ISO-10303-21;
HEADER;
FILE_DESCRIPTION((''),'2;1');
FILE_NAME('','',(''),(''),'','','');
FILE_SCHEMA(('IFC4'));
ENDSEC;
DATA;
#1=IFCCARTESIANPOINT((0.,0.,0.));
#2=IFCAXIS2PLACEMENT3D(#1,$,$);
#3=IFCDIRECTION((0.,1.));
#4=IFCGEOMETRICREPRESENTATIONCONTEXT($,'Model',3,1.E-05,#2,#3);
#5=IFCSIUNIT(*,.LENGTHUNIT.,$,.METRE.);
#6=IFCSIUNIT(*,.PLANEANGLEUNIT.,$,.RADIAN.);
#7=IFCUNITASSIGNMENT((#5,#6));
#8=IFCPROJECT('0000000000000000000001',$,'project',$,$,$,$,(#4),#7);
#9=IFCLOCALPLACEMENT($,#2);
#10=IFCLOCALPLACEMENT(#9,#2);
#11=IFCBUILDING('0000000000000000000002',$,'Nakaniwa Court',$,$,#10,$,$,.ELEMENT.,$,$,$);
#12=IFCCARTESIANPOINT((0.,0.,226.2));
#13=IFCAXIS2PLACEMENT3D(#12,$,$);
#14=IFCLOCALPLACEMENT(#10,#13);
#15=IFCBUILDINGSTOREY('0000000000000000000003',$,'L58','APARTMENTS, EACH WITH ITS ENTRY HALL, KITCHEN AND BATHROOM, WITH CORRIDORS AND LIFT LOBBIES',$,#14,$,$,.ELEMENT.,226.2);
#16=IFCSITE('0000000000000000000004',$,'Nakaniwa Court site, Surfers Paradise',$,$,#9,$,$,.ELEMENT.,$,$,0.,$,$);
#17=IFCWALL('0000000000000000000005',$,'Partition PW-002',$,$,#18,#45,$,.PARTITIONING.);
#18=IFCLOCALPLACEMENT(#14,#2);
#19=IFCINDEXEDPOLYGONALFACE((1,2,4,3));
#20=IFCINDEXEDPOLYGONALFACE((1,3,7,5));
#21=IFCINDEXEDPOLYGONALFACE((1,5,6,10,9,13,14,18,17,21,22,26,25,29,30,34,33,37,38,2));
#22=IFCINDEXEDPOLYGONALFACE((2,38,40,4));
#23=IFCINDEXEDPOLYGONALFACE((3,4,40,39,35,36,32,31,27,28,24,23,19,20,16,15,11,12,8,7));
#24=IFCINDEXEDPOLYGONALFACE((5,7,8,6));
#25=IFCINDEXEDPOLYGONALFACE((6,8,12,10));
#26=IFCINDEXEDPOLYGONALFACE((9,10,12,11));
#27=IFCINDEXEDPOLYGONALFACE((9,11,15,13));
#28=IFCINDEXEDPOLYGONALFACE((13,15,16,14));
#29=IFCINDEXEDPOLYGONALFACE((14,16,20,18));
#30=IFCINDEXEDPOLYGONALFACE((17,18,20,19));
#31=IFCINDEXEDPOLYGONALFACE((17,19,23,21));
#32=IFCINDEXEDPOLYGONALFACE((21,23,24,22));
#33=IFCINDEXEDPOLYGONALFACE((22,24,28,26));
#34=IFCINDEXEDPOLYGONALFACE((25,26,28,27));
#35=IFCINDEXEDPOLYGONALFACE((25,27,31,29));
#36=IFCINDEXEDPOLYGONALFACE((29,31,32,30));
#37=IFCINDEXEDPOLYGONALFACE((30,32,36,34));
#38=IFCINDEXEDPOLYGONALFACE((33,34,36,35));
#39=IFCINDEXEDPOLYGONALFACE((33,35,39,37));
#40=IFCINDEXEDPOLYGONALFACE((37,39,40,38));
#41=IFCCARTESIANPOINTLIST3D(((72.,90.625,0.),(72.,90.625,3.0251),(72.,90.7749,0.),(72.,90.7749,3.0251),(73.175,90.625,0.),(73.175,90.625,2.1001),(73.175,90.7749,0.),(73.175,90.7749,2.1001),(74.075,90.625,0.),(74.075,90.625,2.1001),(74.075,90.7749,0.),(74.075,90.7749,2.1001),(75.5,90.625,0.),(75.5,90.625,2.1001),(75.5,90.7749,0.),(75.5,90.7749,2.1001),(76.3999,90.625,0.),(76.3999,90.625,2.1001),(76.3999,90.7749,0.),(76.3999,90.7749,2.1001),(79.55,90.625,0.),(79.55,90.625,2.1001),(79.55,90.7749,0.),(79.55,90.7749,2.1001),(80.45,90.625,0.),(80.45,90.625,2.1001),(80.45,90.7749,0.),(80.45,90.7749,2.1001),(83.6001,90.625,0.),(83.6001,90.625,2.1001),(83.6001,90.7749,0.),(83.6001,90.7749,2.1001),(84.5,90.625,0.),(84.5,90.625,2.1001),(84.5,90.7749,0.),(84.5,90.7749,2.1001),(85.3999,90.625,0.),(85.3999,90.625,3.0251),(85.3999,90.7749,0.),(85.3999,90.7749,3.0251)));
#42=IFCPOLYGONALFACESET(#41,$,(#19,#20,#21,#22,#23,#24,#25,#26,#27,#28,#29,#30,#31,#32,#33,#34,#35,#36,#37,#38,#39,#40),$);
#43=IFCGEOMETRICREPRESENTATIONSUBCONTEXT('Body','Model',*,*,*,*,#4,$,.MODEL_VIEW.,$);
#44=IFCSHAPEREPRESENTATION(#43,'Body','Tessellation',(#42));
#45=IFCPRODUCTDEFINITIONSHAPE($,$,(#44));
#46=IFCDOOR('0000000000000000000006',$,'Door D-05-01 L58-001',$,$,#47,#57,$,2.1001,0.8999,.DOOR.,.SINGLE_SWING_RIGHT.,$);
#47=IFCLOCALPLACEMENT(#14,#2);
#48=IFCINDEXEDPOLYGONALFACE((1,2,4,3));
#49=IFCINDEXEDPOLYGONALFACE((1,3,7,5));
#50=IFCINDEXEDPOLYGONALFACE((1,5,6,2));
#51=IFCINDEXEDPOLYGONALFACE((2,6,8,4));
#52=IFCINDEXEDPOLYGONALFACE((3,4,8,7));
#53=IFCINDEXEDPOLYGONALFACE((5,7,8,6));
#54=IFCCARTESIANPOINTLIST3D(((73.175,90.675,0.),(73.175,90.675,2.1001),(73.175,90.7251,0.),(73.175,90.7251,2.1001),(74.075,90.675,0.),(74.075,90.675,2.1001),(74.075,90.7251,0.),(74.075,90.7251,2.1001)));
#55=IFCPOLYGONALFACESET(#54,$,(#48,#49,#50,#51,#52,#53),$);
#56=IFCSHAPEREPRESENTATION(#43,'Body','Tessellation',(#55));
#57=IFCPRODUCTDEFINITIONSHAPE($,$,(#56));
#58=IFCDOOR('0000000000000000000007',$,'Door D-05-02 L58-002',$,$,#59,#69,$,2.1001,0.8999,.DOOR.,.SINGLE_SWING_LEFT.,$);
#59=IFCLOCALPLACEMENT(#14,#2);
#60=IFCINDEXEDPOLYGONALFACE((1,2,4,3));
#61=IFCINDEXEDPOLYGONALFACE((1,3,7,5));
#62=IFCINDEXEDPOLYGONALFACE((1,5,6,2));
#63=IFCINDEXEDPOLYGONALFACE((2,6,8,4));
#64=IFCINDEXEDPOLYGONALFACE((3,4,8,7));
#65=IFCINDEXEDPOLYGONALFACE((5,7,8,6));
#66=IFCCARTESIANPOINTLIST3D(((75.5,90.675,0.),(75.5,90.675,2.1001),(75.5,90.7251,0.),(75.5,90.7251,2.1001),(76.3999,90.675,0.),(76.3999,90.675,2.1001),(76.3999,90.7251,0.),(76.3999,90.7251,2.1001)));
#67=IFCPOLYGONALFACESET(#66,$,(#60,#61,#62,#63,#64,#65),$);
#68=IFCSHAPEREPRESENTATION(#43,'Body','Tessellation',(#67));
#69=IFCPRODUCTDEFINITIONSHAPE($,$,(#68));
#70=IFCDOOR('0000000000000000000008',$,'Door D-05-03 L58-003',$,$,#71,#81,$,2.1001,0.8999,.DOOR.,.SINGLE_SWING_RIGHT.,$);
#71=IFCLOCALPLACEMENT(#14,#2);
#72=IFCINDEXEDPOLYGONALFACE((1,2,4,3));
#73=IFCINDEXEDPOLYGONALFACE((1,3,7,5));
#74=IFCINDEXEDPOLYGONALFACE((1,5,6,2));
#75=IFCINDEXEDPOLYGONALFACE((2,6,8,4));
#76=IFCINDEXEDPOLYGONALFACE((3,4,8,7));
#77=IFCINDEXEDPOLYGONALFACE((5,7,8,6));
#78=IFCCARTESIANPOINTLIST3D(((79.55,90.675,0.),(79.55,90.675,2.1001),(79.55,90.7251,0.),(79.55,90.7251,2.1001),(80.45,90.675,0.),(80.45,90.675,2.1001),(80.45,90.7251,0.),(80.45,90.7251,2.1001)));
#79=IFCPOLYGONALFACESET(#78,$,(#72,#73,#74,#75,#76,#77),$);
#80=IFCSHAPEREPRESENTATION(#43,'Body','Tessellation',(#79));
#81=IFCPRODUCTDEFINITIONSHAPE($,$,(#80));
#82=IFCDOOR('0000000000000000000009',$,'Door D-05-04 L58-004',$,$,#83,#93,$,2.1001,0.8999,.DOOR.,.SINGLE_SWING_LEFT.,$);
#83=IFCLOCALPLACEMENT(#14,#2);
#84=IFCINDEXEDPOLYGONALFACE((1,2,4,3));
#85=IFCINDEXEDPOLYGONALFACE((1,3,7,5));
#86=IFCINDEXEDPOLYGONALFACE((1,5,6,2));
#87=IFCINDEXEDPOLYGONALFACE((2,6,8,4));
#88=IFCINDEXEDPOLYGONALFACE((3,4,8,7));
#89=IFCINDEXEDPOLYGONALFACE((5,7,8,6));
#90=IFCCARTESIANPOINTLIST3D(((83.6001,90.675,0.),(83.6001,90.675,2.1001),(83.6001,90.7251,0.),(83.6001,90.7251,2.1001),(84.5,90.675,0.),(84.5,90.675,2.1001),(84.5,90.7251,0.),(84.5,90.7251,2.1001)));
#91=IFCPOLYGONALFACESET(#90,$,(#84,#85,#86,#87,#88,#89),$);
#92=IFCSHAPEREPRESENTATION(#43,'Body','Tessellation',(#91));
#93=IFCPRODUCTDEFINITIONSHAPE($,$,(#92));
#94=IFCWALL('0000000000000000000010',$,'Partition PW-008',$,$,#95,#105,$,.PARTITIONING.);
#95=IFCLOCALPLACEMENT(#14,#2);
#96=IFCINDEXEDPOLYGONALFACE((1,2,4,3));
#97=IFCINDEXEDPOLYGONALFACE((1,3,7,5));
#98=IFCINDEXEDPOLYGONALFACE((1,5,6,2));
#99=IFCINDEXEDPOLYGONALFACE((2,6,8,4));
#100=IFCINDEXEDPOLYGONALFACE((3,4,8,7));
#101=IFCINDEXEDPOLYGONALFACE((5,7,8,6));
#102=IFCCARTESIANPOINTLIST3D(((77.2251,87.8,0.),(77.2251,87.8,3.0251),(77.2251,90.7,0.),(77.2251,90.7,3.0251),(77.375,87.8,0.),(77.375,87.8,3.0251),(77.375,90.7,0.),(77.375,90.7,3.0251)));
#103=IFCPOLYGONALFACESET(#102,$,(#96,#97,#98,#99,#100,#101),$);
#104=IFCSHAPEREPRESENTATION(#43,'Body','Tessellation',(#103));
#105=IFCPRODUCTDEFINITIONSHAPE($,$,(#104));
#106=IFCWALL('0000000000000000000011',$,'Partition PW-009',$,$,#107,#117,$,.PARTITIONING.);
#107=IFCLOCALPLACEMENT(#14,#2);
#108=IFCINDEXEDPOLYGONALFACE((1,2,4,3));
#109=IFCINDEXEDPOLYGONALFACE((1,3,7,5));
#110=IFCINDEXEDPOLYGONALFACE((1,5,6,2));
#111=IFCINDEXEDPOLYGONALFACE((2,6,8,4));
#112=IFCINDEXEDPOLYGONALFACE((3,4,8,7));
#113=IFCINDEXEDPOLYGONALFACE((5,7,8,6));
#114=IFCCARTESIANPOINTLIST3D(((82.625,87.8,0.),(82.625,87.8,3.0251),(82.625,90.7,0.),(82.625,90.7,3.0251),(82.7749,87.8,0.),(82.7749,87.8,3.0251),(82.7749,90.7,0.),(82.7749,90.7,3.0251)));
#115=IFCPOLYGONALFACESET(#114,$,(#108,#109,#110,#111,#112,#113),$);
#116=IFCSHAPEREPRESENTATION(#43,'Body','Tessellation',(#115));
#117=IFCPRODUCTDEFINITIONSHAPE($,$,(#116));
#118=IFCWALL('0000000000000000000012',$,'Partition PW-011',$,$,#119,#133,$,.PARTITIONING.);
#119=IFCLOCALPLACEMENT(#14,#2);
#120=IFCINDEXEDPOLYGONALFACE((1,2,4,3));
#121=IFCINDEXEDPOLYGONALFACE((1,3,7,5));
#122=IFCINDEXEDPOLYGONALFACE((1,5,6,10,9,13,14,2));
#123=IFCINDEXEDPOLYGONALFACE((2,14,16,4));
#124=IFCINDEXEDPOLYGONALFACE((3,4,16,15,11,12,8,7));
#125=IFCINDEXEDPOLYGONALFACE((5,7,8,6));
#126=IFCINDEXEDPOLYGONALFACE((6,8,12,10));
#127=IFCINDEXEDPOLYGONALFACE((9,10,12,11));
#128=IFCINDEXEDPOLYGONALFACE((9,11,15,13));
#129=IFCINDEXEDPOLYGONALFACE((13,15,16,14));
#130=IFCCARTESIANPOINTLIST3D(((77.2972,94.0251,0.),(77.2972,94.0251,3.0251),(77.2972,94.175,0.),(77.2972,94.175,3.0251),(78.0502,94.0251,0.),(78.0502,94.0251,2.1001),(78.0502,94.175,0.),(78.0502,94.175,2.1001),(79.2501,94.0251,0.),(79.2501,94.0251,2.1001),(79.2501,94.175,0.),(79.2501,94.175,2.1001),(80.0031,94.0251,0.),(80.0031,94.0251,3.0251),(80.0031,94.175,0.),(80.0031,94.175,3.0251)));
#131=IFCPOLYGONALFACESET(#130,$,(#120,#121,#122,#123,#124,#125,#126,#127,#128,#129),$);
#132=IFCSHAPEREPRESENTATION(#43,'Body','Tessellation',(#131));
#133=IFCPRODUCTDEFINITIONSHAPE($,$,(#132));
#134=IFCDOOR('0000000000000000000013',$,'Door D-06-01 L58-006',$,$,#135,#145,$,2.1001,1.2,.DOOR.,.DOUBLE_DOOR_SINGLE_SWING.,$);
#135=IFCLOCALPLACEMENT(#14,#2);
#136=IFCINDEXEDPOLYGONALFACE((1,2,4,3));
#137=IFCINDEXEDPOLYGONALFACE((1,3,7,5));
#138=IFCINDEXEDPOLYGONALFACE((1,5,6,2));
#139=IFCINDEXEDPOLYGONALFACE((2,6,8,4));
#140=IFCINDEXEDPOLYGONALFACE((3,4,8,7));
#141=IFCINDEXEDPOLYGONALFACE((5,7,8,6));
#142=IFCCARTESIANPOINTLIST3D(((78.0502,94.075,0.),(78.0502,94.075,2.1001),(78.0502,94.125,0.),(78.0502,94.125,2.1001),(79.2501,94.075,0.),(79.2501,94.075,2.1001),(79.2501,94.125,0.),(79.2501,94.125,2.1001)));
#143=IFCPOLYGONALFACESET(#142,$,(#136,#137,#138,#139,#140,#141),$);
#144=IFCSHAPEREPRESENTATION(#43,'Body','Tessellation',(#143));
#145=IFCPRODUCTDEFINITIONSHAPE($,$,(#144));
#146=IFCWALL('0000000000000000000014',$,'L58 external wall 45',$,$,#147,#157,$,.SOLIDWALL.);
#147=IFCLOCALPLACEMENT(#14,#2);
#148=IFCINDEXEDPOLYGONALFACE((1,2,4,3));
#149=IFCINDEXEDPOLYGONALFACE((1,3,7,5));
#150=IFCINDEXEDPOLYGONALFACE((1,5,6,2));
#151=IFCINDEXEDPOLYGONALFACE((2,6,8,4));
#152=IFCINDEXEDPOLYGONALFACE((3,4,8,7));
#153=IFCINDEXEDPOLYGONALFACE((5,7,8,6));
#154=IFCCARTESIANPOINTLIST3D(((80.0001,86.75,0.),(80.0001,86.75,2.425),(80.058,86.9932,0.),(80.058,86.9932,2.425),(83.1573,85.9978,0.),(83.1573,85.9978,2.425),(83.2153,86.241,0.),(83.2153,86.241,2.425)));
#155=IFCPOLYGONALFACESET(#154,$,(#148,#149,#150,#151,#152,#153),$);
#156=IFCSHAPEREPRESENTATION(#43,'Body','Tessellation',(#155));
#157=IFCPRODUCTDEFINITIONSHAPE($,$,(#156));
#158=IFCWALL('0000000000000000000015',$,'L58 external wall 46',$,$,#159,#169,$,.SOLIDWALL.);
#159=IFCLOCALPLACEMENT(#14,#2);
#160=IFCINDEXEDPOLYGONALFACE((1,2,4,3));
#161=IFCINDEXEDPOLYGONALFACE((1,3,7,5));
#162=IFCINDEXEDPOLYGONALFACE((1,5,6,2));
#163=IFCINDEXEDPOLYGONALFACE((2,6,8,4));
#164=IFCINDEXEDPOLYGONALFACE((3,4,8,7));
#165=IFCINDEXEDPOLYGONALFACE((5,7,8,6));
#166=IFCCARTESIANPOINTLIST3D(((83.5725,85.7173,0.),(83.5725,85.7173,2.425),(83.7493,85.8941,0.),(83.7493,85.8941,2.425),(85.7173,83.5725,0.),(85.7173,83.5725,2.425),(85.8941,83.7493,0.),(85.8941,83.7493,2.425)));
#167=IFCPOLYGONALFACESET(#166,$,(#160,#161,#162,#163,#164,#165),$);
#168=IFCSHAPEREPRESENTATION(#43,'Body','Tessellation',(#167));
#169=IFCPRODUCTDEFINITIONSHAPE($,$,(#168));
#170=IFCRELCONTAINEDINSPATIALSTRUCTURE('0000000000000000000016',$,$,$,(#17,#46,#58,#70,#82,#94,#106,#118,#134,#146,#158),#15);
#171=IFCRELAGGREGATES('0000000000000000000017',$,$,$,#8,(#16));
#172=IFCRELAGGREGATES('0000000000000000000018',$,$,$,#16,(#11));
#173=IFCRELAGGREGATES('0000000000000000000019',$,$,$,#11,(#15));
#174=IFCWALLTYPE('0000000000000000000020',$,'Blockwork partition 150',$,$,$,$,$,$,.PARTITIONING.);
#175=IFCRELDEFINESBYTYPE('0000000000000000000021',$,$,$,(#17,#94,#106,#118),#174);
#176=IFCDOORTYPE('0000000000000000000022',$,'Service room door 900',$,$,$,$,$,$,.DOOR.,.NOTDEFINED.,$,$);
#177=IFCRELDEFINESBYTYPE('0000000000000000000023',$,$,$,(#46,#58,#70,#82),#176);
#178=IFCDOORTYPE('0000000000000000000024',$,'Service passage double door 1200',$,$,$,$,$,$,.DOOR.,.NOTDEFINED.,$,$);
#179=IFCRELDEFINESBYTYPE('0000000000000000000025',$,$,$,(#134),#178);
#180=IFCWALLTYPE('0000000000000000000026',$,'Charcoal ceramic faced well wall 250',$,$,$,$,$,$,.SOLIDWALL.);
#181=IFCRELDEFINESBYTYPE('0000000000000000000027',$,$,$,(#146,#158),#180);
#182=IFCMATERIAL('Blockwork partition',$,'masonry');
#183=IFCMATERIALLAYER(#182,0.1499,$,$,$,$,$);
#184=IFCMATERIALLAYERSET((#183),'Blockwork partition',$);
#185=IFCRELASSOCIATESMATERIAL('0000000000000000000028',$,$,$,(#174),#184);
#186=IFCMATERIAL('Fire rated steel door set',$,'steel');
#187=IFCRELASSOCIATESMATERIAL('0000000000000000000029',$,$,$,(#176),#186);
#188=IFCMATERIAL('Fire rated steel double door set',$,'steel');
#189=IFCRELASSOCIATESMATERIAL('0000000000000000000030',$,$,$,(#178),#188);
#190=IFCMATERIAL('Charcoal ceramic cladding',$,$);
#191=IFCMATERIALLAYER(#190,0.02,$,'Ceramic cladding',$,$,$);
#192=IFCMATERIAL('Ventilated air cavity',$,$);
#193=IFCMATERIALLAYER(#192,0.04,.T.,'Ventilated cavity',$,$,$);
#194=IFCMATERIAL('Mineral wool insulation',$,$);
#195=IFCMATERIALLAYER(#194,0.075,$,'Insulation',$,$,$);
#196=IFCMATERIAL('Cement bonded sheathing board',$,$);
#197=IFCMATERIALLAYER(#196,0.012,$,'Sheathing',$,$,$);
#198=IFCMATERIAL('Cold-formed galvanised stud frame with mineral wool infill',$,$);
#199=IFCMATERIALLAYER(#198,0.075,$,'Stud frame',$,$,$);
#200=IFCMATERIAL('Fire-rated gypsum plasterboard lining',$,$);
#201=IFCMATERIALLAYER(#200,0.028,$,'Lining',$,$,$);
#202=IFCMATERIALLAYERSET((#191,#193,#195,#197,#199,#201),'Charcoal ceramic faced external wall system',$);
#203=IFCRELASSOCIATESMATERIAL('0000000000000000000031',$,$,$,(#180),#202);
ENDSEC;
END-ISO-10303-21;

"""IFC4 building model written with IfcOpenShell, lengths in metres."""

from ifc_helpers import new_model, si_unit, direction, frame, frame_2d, origin, place, context, subcontext, project, spatial, rectangle, extrude, material, layer, layer_set, type_object, element, fill, save


model = new_model("IFC4")

# Units and contexts
model_context = context("Model", 3, precision=1e-05, world=origin(), true_north=direction((0.0, 1.0)))
body_context = subcontext(model_context, "Body", "Model", "MODEL_VIEW")
ifc_project = project(units=[si_unit("LENGTHUNIT", "METRE"), si_unit("PLANEANGLEUNIT", "RADIAN")], contexts=[model_context])

# Site, building, storey
site_placement = place(None, origin())
site = spatial("IfcSite", under=ifc_project, at=site_placement, Name="Nakaniwa Court site, Surfers Paradise", CompositionType="ELEMENT", RefElevation=0.0)
building_placement = place(site_placement, origin())
building = spatial("IfcBuilding", under=site, at=building_placement, Name="Nakaniwa Court", CompositionType="ELEMENT")
storey_placement = place(building_placement, frame((0.0, 0.0, 226.2)))
storey = spatial("IfcBuildingStorey", under=building, at=storey_placement, Name="L58", Description="APARTMENTS, EACH WITH ITS ENTRY HALL, KITCHEN AND BATHROOM, WITH CORRIDORS AND LIFT LOBBIES", CompositionType="ELEMENT", Elevation=226.2)

# Wall, openings, doors
ifc_material_1 = material(Name="Blockwork partition", Category="masonry")
ifc_layer_1 = layer(ifc_material_1, 0.1499)
ifc_layer_set_1 = layer_set([ifc_layer_1], Name="Blockwork partition")
wall_type_1 = type_object("IfcWallType", Name="Blockwork partition 150", PredefinedType="PARTITIONING", material=ifc_layer_set_1)
wall_1_placement = place(storey_placement, frame((85.3999, 90.7, 0.0), z_axis=(0.0, 0.0, 1.0), x_axis=(-1.0, 0.0, 0.0)))
wall_1 = element("IfcWall", 1, at=wall_1_placement, inside=storey, type_object=wall_type_1, Name="Partition PW-002", PredefinedType="PARTITIONING", context=body_context, shape_type="SweptSolid", body=[
    extrude(rectangle(XDim=13.3999, YDim=0.1499, at=frame_2d((6.7, 0.0))), origin(), (0.0, 0.0, 1.0), 3.0251),
])
opening_1_placement = place(wall_1_placement, frame((11.325, 0.0, 0.0)))
opening_1 = element("IfcOpeningElement", 2, at=opening_1_placement, cuts=wall_1, PredefinedType="OPENING", context=body_context, shape_type="SweptSolid", body=[
    extrude(rectangle(XDim=0.8999, YDim=2.1001, at=frame_2d((0.45, 1.05))), frame((0.0, 0.085, 0.0), z_axis=(0.0, -1.0, 0.0), x_axis=(1.0, 0.0, 0.0)), (0.0, 0.0, 1.0), 0.1699),
])
opening_2_placement = place(wall_1_placement, frame((9.0, 0.0, 0.0)))
opening_2 = element("IfcOpeningElement", 3, at=opening_2_placement, cuts=wall_1, PredefinedType="OPENING", context=body_context, shape_type="SweptSolid", body=[
    extrude(rectangle(XDim=0.8999, YDim=2.1001, at=frame_2d((0.45, 1.05))), frame((0.0, 0.085, 0.0), z_axis=(0.0, -1.0, 0.0), x_axis=(1.0, 0.0, 0.0)), (0.0, 0.0, 1.0), 0.1699),
])
opening_3_placement = place(wall_1_placement, frame((4.95, 0.0, 0.0)))
opening_3 = element("IfcOpeningElement", 4, at=opening_3_placement, cuts=wall_1, PredefinedType="OPENING", context=body_context, shape_type="SweptSolid", body=[
    extrude(rectangle(XDim=0.8999, YDim=2.1001, at=frame_2d((0.45, 1.05))), frame((0.0, 0.085, 0.0), z_axis=(0.0, -1.0, 0.0), x_axis=(1.0, 0.0, 0.0)), (0.0, 0.0, 1.0), 0.1699),
])
opening_4_placement = place(wall_1_placement, frame((0.8999, 0.0, 0.0)))
opening_4 = element("IfcOpeningElement", 5, at=opening_4_placement, cuts=wall_1, PredefinedType="OPENING", context=body_context, shape_type="SweptSolid", body=[
    extrude(rectangle(XDim=0.8999, YDim=2.1001, at=frame_2d((0.45, 1.05))), frame((0.0, 0.085, 0.0), z_axis=(0.0, -1.0, 0.0), x_axis=(1.0, 0.0, 0.0)), (0.0, 0.0, 1.0), 0.1699),
])
ifc_material_2 = material(Name="Fire rated steel door set", Category="steel")
door_type_1 = type_object("IfcDoorType", Name="Service room door 900", OperationType="NOTDEFINED", PredefinedType="DOOR", material=ifc_material_2)
door_1_placement = place(opening_1_placement, origin())
door_1 = element("IfcDoor", 6, at=door_1_placement, inside=storey, type_object=door_type_1, Name="Door D-05-01 L58-001", OperationType="SINGLE_SWING_RIGHT", OverallHeight=2.1001, OverallWidth=0.8999, PredefinedType="DOOR", context=body_context, shape_type="SweptSolid", body=[
    extrude(rectangle(XDim=0.8999, YDim=2.1001, at=frame_2d((0.45, 1.05))), frame((0.0, 0.0249, 0.0), z_axis=(0.0, -1.0, 0.0), x_axis=(1.0, 0.0, 0.0)), (0.0, 0.0, 1.0), 0.05),
])
fill(opening_1, door_1)
door_2_placement = place(opening_2_placement, origin())
door_2 = element("IfcDoor", 7, at=door_2_placement, inside=storey, type_object=door_type_1, Name="Door D-05-02 L58-002", OperationType="SINGLE_SWING_LEFT", OverallHeight=2.1001, OverallWidth=0.8999, PredefinedType="DOOR", context=body_context, shape_type="SweptSolid", body=[
    extrude(rectangle(XDim=0.8999, YDim=2.1001, at=frame_2d((0.45, 1.05))), frame((0.0, 0.0249, 0.0), z_axis=(0.0, -1.0, 0.0), x_axis=(1.0, 0.0, 0.0)), (0.0, 0.0, 1.0), 0.05),
])
fill(opening_2, door_2)
door_3_placement = place(opening_3_placement, origin())
door_3 = element("IfcDoor", 8, at=door_3_placement, inside=storey, type_object=door_type_1, Name="Door D-05-03 L58-003", OperationType="SINGLE_SWING_RIGHT", OverallHeight=2.1001, OverallWidth=0.8999, PredefinedType="DOOR", context=body_context, shape_type="SweptSolid", body=[
    extrude(rectangle(XDim=0.8999, YDim=2.1001, at=frame_2d((0.45, 1.05))), frame((0.0, 0.0249, 0.0), z_axis=(0.0, -1.0, 0.0), x_axis=(1.0, 0.0, 0.0)), (0.0, 0.0, 1.0), 0.05),
])
fill(opening_3, door_3)
door_4_placement = place(opening_4_placement, origin())
door_4 = element("IfcDoor", 9, at=door_4_placement, inside=storey, type_object=door_type_1, Name="Door D-05-04 L58-004", OperationType="SINGLE_SWING_LEFT", OverallHeight=2.1001, OverallWidth=0.8999, PredefinedType="DOOR", context=body_context, shape_type="SweptSolid", body=[
    extrude(rectangle(XDim=0.8999, YDim=2.1001, at=frame_2d((0.45, 1.05))), frame((0.0, 0.0249, 0.0), z_axis=(0.0, -1.0, 0.0), x_axis=(1.0, 0.0, 0.0)), (0.0, 0.0, 1.0), 0.05),
])
fill(opening_4, door_4)

# Walls
for number, where, z_axis, x_axis, name in (
    (10, (77.3, 87.8, 0.0), (0.0, 0.0, 1.0), (0.0, 1.0, 0.0), "Partition PW-008"),
    (11, (82.7, 87.8, 0.0), (0.0, 0.0, 1.0), (0.0, 1.0, 0.0), "Partition PW-009"),
):
    element("IfcWall", number, at=place(storey_placement, frame(where, z_axis=z_axis, x_axis=x_axis)), inside=storey, type_object=wall_type_1, Name=name, PredefinedType="PARTITIONING", context=body_context, shape_type="SweptSolid", body=[
        extrude(rectangle(XDim=2.8999, YDim=0.1499, at=frame_2d((1.45, 0.0))), origin(), (0.0, 0.0, 1.0), 3.0251),
    ])

# Wall, opening, door
wall_2_placement = place(storey_placement, frame((77.2971, 94.1001, 0.0), z_axis=(0.0, 0.0, 1.0), x_axis=(1.0, 0.0, 0.0)))
wall_2 = element("IfcWall", 12, at=wall_2_placement, inside=storey, type_object=wall_type_1, Name="Partition PW-011", PredefinedType="PARTITIONING", context=body_context, shape_type="SweptSolid", body=[
    extrude(rectangle(XDim=2.7058, YDim=0.1499, at=frame_2d((1.353, 0.0))), origin(), (0.0, 0.0, 1.0), 3.0251),
])
opening_5_placement = place(wall_2_placement, frame((0.7529, 0.0, 0.0)))
opening_5 = element("IfcOpeningElement", 13, at=opening_5_placement, cuts=wall_2, PredefinedType="OPENING", context=body_context, shape_type="SweptSolid", body=[
    extrude(rectangle(XDim=1.2, YDim=2.1001, at=frame_2d((0.6001, 1.05))), frame((0.0, 0.085, 0.0), z_axis=(0.0, -1.0, 0.0), x_axis=(1.0, 0.0, 0.0)), (0.0, 0.0, 1.0), 0.1699),
])
ifc_material_3 = material(Name="Fire rated steel double door set", Category="steel")
door_type_2 = type_object("IfcDoorType", Name="Service passage double door 1200", OperationType="NOTDEFINED", PredefinedType="DOOR", material=ifc_material_3)
door_5_placement = place(opening_5_placement, origin())
door_5 = element("IfcDoor", 14, at=door_5_placement, inside=storey, type_object=door_type_2, Name="Door D-06-01 L58-006", OperationType="DOUBLE_DOOR_SINGLE_SWING", OverallHeight=2.1001, OverallWidth=1.2, PredefinedType="DOOR", context=body_context, shape_type="SweptSolid", body=[
    extrude(rectangle(XDim=1.2, YDim=2.1001, at=frame_2d((0.6001, 1.05))), frame((0.0, 0.0249, 0.0), z_axis=(0.0, -1.0, 0.0), x_axis=(1.0, 0.0, 0.0)), (0.0, 0.0, 1.0), 0.05),
])
fill(opening_5, door_5)

# Walls
ifc_material_4 = material(Name="Charcoal ceramic cladding")
ifc_layer_2 = layer(ifc_material_4, 0.02, Name="Ceramic cladding")
ifc_material_5 = material(Name="Ventilated air cavity")
ifc_layer_3 = layer(ifc_material_5, 0.04, ventilated=True, Name="Ventilated cavity")
ifc_material_6 = material(Name="Mineral wool insulation")
ifc_layer_4 = layer(ifc_material_6, 0.075, Name="Insulation")
ifc_material_7 = material(Name="Cement bonded sheathing board")
ifc_layer_5 = layer(ifc_material_7, 0.012, Name="Sheathing")
ifc_material_8 = material(Name="Cold-formed galvanised stud frame with mineral wool infill")
ifc_layer_6 = layer(ifc_material_8, 0.075, Name="Stud frame")
ifc_material_9 = material(Name="Fire-rated gypsum plasterboard lining")
ifc_layer_7 = layer(ifc_material_9, 0.028, Name="Lining")
ifc_layer_set_2 = layer_set([ifc_layer_2, ifc_layer_3, ifc_layer_4, ifc_layer_5, ifc_layer_6, ifc_layer_7], Name="Charcoal ceramic faced external wall system")
wall_type_2 = type_object("IfcWallType", Name="Charcoal ceramic faced well wall 250", PredefinedType="SOLIDWALL", material=ifc_layer_set_2)
wall_3_placement = place(storey_placement, frame((80.0291, 86.8716, 0.0), z_axis=(0.0, 0.0, 1.0), x_axis=(0.972773, -0.23176, 0.0)))
element("IfcWall", 15, at=wall_3_placement, inside=storey, type_object=wall_type_2, Name="L58 external wall 45", PredefinedType="SOLIDWALL", context=body_context, shape_type="SweptSolid", body=[
    extrude(rectangle(XDim=3.2456, YDim=0.25, at=frame_2d((1.6228, 0.0))), origin(), (0.0, 0.0, 1.0), 2.425),
])
wall_4_placement = place(storey_placement, frame((83.6609, 85.8057, 0.0), z_axis=(0.0, 0.0, 1.0), x_axis=(0.707107, -0.707107, 0.0)))
element("IfcWall", 16, at=wall_4_placement, inside=storey, type_object=wall_type_2, Name="L58 external wall 46", PredefinedType="SOLIDWALL", context=body_context, shape_type="SweptSolid", body=[
    extrude(rectangle(XDim=3.0332, YDim=0.25, at=frame_2d((1.5166, 0.0))), origin(), (0.0, 0.0, 1.0), 2.425),
])

save(model, "model.ifc")
